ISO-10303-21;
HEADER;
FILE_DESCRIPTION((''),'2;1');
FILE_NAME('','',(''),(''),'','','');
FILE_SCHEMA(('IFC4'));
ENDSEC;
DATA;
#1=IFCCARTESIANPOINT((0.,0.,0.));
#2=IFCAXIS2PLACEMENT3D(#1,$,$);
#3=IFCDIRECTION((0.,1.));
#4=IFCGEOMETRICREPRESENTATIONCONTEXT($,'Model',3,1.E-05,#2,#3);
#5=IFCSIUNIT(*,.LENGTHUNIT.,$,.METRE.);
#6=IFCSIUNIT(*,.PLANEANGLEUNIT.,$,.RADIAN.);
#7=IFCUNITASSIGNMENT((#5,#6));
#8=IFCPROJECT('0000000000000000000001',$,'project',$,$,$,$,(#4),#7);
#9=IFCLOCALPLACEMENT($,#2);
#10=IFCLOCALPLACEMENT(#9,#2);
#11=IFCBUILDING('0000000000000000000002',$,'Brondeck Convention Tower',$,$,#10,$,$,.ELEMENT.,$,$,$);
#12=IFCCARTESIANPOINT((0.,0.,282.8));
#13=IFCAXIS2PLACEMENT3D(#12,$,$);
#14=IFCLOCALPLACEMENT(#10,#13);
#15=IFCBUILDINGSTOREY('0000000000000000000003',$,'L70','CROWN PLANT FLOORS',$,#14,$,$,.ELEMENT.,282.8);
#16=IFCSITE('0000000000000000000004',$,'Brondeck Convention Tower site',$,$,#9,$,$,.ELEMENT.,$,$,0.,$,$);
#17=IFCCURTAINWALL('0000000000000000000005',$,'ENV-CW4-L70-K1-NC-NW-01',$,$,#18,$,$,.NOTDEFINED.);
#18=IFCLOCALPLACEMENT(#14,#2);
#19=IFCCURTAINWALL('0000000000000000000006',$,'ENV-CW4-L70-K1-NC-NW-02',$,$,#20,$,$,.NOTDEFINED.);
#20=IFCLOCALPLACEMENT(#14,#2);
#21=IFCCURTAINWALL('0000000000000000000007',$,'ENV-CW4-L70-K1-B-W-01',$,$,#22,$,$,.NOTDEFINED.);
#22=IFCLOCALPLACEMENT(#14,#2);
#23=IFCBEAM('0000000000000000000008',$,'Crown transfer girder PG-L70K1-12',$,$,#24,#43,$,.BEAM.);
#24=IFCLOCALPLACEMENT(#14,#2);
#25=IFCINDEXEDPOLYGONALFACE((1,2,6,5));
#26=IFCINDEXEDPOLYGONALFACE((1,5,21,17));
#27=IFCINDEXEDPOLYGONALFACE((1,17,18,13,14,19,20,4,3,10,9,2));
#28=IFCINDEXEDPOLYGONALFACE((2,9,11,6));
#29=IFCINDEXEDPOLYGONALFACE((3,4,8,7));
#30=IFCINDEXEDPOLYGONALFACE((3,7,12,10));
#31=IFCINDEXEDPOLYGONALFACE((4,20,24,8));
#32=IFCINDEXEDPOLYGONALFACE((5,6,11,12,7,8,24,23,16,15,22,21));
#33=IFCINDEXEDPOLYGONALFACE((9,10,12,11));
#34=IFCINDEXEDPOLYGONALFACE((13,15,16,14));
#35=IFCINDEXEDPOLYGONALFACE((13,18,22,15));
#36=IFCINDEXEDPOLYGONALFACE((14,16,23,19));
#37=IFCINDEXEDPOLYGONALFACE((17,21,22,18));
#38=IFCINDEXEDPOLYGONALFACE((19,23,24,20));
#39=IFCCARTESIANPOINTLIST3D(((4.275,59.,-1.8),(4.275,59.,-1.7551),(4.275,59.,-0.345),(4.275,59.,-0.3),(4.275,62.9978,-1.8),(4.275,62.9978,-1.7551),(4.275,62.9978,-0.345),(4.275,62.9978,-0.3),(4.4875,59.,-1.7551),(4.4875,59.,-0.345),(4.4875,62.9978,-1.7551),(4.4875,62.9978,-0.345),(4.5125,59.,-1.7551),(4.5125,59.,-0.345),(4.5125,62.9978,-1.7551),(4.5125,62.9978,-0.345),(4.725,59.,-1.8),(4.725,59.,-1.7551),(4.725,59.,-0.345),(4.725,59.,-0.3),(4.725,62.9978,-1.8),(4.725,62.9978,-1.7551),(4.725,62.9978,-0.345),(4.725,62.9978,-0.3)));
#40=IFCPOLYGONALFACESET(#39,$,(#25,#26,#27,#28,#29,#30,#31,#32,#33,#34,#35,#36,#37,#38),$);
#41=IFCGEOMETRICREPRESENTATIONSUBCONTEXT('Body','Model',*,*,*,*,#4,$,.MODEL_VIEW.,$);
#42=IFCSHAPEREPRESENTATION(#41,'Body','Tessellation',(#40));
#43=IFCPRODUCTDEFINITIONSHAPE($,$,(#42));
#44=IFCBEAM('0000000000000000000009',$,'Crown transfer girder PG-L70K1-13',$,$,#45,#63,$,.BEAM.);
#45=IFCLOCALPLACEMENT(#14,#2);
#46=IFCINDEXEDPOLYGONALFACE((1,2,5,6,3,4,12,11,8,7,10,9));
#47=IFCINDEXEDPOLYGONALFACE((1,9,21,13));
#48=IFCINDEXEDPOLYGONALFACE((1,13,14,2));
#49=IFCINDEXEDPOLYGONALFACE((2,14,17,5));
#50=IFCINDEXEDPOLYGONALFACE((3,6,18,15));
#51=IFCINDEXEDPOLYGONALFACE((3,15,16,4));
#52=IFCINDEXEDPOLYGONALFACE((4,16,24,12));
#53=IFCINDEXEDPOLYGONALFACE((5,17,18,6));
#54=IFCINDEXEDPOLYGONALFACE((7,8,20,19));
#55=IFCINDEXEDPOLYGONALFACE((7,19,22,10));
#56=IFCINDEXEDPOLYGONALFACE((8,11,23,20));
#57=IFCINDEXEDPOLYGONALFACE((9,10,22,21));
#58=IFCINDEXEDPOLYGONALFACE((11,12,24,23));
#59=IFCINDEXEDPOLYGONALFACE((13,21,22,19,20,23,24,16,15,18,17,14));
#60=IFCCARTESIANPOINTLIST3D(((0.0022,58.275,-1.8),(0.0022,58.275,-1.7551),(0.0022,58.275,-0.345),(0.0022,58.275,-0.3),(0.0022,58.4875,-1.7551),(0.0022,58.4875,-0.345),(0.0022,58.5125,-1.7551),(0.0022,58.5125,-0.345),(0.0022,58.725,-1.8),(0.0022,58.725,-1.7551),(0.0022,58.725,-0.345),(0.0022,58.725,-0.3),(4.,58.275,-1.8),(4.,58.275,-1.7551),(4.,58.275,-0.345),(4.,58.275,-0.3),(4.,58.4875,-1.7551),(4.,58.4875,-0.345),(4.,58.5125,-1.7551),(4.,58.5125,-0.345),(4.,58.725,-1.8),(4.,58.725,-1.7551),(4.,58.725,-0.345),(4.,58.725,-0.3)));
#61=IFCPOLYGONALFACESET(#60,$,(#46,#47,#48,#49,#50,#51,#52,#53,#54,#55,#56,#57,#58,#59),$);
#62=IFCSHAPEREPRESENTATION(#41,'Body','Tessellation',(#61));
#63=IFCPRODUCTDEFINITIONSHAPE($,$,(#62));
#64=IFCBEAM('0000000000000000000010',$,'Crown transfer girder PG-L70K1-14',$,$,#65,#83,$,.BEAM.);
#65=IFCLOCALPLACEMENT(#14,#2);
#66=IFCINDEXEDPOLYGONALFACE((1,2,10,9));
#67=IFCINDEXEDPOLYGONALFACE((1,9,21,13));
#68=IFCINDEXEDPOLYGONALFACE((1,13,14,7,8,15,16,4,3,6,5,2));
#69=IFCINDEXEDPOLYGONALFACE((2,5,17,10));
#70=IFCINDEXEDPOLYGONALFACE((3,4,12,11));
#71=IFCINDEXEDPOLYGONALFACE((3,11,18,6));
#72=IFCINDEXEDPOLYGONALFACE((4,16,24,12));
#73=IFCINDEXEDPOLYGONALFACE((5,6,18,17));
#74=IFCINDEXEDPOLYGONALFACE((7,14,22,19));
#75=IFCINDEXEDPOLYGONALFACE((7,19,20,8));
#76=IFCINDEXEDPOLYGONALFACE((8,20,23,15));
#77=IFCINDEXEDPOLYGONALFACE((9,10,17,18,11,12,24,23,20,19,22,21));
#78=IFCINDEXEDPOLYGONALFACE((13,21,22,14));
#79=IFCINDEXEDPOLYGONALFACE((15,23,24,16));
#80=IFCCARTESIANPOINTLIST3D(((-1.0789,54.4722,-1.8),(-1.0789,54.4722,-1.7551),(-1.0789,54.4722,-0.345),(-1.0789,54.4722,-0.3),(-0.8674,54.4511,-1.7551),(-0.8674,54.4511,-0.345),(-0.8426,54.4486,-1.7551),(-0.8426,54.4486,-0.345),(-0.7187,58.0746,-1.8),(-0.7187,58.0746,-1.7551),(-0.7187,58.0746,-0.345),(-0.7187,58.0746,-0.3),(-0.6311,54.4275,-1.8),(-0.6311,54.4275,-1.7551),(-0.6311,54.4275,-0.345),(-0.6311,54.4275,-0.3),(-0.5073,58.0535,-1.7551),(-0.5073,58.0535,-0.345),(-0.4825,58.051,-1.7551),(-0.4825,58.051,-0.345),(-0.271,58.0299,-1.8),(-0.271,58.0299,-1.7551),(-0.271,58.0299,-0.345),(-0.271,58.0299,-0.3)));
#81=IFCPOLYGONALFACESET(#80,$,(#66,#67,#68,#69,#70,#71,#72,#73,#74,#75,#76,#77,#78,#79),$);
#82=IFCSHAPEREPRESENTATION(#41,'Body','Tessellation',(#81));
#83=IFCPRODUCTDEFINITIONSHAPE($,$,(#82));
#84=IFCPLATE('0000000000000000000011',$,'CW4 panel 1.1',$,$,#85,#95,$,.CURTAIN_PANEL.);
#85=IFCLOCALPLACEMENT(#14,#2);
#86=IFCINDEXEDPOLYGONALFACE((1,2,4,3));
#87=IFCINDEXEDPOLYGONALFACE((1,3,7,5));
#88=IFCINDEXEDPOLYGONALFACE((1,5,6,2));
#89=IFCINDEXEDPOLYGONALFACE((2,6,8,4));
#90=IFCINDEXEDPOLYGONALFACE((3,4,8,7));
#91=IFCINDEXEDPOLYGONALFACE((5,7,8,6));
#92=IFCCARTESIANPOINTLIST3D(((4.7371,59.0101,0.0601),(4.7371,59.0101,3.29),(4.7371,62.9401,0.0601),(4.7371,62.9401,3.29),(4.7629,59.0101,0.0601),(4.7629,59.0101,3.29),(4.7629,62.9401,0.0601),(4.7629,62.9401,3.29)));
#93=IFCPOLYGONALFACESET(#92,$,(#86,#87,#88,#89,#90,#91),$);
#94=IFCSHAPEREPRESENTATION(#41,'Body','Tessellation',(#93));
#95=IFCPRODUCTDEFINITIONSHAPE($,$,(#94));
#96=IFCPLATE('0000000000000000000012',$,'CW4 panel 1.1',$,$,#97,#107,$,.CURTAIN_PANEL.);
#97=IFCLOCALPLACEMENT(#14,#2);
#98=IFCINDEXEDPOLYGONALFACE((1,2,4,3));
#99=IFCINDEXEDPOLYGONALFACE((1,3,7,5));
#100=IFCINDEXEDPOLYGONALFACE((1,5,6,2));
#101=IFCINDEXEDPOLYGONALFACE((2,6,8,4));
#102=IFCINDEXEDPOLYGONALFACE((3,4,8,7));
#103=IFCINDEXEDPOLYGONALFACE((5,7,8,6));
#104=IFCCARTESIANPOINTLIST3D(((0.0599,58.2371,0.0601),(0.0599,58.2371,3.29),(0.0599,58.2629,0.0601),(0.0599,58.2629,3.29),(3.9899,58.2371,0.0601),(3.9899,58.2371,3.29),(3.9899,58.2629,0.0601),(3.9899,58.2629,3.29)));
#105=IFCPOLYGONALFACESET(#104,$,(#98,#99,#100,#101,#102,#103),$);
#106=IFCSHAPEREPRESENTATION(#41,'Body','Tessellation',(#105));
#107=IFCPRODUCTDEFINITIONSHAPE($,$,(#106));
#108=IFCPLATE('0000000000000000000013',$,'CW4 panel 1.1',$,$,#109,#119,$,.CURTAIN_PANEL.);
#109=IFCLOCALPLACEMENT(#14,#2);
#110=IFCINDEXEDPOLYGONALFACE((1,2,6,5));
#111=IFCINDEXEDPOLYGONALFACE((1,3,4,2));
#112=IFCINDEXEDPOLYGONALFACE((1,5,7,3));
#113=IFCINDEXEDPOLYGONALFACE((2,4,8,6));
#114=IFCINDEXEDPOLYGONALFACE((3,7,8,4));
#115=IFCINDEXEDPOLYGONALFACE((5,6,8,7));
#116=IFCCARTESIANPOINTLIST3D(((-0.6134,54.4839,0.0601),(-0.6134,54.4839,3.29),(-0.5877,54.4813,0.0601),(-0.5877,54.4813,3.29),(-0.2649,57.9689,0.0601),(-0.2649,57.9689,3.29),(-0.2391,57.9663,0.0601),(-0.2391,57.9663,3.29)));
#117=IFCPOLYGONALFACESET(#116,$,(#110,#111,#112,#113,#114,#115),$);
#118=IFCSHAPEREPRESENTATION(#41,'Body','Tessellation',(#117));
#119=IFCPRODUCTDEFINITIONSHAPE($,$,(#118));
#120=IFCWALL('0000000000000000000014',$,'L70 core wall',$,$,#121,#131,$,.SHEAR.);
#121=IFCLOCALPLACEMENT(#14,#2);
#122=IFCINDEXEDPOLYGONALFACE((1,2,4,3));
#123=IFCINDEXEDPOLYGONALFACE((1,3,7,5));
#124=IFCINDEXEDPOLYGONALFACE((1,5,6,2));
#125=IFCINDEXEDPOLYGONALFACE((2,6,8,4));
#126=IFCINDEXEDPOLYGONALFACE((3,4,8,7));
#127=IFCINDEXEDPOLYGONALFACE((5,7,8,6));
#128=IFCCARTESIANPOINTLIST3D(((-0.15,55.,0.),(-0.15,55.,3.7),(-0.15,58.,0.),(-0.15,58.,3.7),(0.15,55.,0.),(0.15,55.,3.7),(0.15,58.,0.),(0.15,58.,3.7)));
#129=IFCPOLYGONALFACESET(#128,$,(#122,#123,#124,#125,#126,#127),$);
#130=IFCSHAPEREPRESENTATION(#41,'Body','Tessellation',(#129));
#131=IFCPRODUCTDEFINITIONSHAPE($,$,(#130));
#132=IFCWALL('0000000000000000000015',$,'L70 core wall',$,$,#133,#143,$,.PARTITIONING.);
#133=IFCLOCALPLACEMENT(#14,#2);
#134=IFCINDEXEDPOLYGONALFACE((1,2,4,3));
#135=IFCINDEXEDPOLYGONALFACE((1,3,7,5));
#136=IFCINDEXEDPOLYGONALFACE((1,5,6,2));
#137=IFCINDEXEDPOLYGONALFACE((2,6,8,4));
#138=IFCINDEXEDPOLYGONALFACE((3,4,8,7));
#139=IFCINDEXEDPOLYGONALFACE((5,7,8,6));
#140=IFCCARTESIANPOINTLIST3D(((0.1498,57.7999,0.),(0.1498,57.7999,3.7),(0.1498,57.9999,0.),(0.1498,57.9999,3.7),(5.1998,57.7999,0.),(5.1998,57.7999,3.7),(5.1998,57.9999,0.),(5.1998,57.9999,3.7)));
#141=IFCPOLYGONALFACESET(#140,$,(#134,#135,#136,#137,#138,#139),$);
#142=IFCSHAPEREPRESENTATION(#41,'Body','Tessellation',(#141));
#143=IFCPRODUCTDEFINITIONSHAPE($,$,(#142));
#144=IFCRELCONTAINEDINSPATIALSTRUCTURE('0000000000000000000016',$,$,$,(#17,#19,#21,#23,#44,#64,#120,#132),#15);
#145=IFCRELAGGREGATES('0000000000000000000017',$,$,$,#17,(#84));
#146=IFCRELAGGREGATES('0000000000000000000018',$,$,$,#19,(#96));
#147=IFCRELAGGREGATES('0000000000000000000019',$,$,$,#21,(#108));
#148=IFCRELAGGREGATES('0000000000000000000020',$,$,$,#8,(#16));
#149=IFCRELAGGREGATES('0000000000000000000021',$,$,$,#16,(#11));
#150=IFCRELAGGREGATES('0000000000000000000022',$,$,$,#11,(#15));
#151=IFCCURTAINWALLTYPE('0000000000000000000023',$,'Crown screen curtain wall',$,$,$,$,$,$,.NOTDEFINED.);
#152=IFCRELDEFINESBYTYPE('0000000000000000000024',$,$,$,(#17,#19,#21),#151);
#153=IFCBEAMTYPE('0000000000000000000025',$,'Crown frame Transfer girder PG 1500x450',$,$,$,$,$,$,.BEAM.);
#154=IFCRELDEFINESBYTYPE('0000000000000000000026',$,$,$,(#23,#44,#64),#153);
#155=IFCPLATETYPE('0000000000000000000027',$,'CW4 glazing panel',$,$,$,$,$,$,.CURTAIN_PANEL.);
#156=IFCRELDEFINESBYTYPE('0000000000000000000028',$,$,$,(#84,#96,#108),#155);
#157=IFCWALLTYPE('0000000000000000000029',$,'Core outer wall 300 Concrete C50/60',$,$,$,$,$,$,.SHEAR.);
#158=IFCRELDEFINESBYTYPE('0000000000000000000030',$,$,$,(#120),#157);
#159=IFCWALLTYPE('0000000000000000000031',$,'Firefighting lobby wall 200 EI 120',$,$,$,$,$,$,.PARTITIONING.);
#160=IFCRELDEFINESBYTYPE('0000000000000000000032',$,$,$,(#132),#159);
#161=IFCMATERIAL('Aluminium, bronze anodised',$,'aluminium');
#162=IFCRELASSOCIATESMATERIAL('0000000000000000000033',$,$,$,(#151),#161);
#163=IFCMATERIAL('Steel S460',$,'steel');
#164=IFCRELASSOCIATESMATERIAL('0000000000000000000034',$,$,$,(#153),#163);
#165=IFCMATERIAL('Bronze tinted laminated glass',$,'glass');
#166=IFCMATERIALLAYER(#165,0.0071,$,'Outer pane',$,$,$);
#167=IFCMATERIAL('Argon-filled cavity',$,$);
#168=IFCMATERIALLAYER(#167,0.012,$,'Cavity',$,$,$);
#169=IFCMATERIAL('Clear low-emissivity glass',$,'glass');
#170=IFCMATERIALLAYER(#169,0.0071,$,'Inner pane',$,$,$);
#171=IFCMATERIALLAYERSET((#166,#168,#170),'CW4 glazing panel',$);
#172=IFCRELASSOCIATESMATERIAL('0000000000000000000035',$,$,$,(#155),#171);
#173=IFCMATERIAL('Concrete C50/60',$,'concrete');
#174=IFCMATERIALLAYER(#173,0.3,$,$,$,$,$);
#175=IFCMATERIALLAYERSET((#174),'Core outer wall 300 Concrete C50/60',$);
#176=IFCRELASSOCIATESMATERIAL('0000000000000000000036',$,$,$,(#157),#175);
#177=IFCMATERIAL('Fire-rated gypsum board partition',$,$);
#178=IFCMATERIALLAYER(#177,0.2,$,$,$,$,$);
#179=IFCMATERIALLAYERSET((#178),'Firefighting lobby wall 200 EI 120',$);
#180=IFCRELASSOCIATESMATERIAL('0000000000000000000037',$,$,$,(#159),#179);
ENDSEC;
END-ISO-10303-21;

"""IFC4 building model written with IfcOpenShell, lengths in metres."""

from ifc_helpers import new_model, si_unit, direction, frame, frame_2d, origin, origin_2d, place, context, subcontext, project, spatial, rectangle, i_section, extrude, material, layer, layer_set, material_profile, profile_set, type_object, element, aggregate, save


model = new_model("IFC4")

# Units and contexts
model_context = context("Model", 3, precision=1e-05, world=origin(), true_north=direction((0.0, 1.0)))
body_context = subcontext(model_context, "Body", "Model", "MODEL_VIEW")
ifc_project = project(units=[si_unit("LENGTHUNIT", "METRE"), si_unit("PLANEANGLEUNIT", "RADIAN")], contexts=[model_context])

# Site, building, storey
site_placement = place(None, origin())
site = spatial("IfcSite", under=ifc_project, at=site_placement, Name="Brondeck Convention Tower site", CompositionType="ELEMENT", RefElevation=0.0)
building_placement = place(site_placement, origin())
building = spatial("IfcBuilding", under=site, at=building_placement, Name="Brondeck Convention Tower", CompositionType="ELEMENT")
storey_placement = place(building_placement, frame((0.0, 0.0, 282.8)))
storey = spatial("IfcBuildingStorey", under=building, at=storey_placement, Name="L70", Description="CROWN PLANT FLOORS", CompositionType="ELEMENT", Elevation=282.8)

# Shared definitions
ifc_material_1 = material(Name="Concrete C50/60", Category="concrete")

# Shared definitions
ifc_material_2 = material(Name="Aluminium, bronze anodised", Category="aluminium")
curtain_wall_type = type_object("IfcCurtainWallType", Name="Crown screen curtain wall", PredefinedType="NOTDEFINED", material=ifc_material_2)

# Curtain walls
curtain_wall_1_placement = place(storey_placement, origin())
curtain_wall_1 = element("IfcCurtainWall", 1, at=curtain_wall_1_placement, inside=storey, type_object=curtain_wall_type, Name="ENV-CW4-L70-K1-NC-NW-01", PredefinedType="NOTDEFINED")
curtain_wall_2_placement = place(storey_placement, origin())
curtain_wall_2 = element("IfcCurtainWall", 2, at=curtain_wall_2_placement, inside=storey, type_object=curtain_wall_type, Name="ENV-CW4-L70-K1-NC-NW-02", PredefinedType="NOTDEFINED")

# Curtain wall
curtain_wall_3_placement = place(storey_placement, origin())
curtain_wall_3 = element("IfcCurtainWall", 3, at=curtain_wall_3_placement, inside=storey, type_object=curtain_wall_type, Name="ENV-CW4-L70-K1-B-W-01", PredefinedType="NOTDEFINED")

# Beams
ifc_material_3 = material(Name="Steel S460", Category="steel")
ifc_material_profile_1 = material_profile(ifc_material_3, i_section(OverallWidth=0.45, OverallDepth=1.5, WebThickness=0.0249, FlangeThickness=0.0449, at=origin_2d()), Name="PG 1500x450")
ifc_profile_set_1 = profile_set([ifc_material_profile_1], Name="Steel S460")
beam_type = type_object("IfcBeamType", Name="Crown frame Transfer girder PG 1500x450", PredefinedType="BEAM", material=ifc_profile_set_1)
for number, where, z_axis, x_axis, name in (
    (4, (4.5, 62.9978, -1.05), (0.0, -1.0, 0.0), (1.0, 0.0, 0.0), "Crown transfer girder PG-L70K1-12"),
    (5, (4.0, 58.5, -1.05), (-1.0, 0.0, 0.0), (0.0, -1.0, 0.0), "Crown transfer girder PG-L70K1-13"),
):
    element("IfcBeam", number, at=place(storey_placement, frame(where, z_axis=z_axis, x_axis=x_axis)), inside=storey, type_object=beam_type, Name=name, PredefinedType="BEAM", context=body_context, shape_type="SweptSolid", body=[
        extrude(i_section(OverallWidth=0.45, OverallDepth=1.5, WebThickness=0.0249, FlangeThickness=0.0449, at=origin_2d()), origin(), (0.0, 0.0, 1.0), 3.9978),
    ])
beam_placement = place(storey_placement, frame((-0.4949, 58.0522, -1.05), z_axis=(-0.09947, -0.995041, 0.0), x_axis=(0.995041, -0.09947, 0.0)))
element("IfcBeam", 6, at=beam_placement, inside=storey, type_object=beam_type, Name="Crown transfer girder PG-L70K1-14", PredefinedType="BEAM", context=body_context, shape_type="SweptSolid", body=[
    extrude(i_section(OverallWidth=0.45, OverallDepth=1.5, WebThickness=0.0249, FlangeThickness=0.0449, at=origin_2d()), origin(), (0.0, 0.0, 1.0), 3.6204),
])

# Plates
ifc_material_4 = material(Name="Bronze tinted laminated glass", Category="glass")
ifc_layer_1 = layer(ifc_material_4, 0.0071, Name="Outer pane")
ifc_material_5 = material(Name="Argon-filled cavity")
ifc_layer_2 = layer(ifc_material_5, 0.012, Name="Cavity")
ifc_material_6 = material(Name="Clear low-emissivity glass", Category="glass")
ifc_layer_3 = layer(ifc_material_6, 0.0071, Name="Inner pane")
ifc_layer_set_1 = layer_set([ifc_layer_1, ifc_layer_2, ifc_layer_3], Name="CW4 glazing panel")
plate_type = type_object("IfcPlateType", Name="CW4 glazing panel", PredefinedType="CURTAIN_PANEL", material=ifc_layer_set_1)
plate_1_placement = place(storey_placement, frame((4.75, 60.9751, 0.0601), z_axis=(0.0, 0.0, 1.0), x_axis=(0.0, 1.0, 0.0)))
plate_1 = element("IfcPlate", 7, at=plate_1_placement, type_object=plate_type, Name="CW4 panel 1.1", PredefinedType="CURTAIN_PANEL", context=body_context, shape_type="SweptSolid", body=[
    extrude(rectangle(XDim=3.9299, YDim=0.0259, at=origin_2d()), origin(), (0.0, 0.0, 1.0), 3.23),
])
aggregate(curtain_wall_1, [plate_1])
plate_2_placement = place(storey_placement, frame((2.0249, 58.25, 0.0601), z_axis=(0.0, 0.0, 1.0), x_axis=(1.0, 0.0, 0.0)))
plate_2 = element("IfcPlate", 8, at=plate_2_placement, type_object=plate_type, Name="CW4 panel 1.1", PredefinedType="CURTAIN_PANEL", context=body_context, shape_type="SweptSolid", body=[
    extrude(rectangle(XDim=3.9299, YDim=0.0259, at=origin_2d()), origin(), (0.0, 0.0, 1.0), 3.23),
])
aggregate(curtain_wall_2, [plate_2])
plate_3_placement = place(storey_placement, frame((-0.4263, 56.2251, 0.0601), z_axis=(0.0, 0.0, 1.0), x_axis=(0.099517, 0.995036, 0.0)))
plate_3 = element("IfcPlate", 9, at=plate_3_placement, type_object=plate_type, Name="CW4 panel 1.1", PredefinedType="CURTAIN_PANEL", context=body_context, shape_type="SweptSolid", body=[
    extrude(rectangle(XDim=3.5024, YDim=0.0259, at=origin_2d()), origin(), (0.0, 0.0, 1.0), 3.23),
])
aggregate(curtain_wall_3, [plate_3])

# Walls
ifc_layer_4 = layer(ifc_material_1, 0.3)
ifc_layer_set_2 = layer_set([ifc_layer_4], Name="Core outer wall 300 Concrete C50/60")
wall_type_1 = type_object("IfcWallType", Name="Core outer wall 300 Concrete C50/60", PredefinedType="SHEAR", material=ifc_layer_set_2)
wall_1_placement = place(storey_placement, frame((0.0, 55.0, 0.0), z_axis=(0.0, 0.0, 1.0), x_axis=(0.0, 1.0, 0.0)))
element("IfcWall", 10, at=wall_1_placement, inside=storey, type_object=wall_type_1, Name="L70 core wall", PredefinedType="SHEAR", context=body_context, shape_type="SweptSolid", body=[
    extrude(rectangle(XDim=3.0, YDim=0.3, at=frame_2d((1.5, 0.0))), origin(), (0.0, 0.0, 1.0), 3.7),
])
ifc_material_7 = material(Name="Fire-rated gypsum board partition")
ifc_layer_5 = layer(ifc_material_7, 0.2)
ifc_layer_set_3 = layer_set([ifc_layer_5], Name="Firefighting lobby wall 200 EI 120")
wall_type_2 = type_object("IfcWallType", Name="Firefighting lobby wall 200 EI 120", PredefinedType="PARTITIONING", material=ifc_layer_set_3)
wall_2_placement = place(storey_placement, frame((0.1499, 57.8999, 0.0), z_axis=(0.0, 0.0, 1.0), x_axis=(1.0, 0.0, 0.0)))
element("IfcWall", 11, at=wall_2_placement, inside=storey, type_object=wall_type_2, Name="L70 core wall", PredefinedType="PARTITIONING", context=body_context, shape_type="SweptSolid", body=[
    extrude(rectangle(XDim=5.05, YDim=0.2, at=frame_2d((2.5249, 0.0))), origin(), (0.0, 0.0, 1.0), 3.7),
])

save(model, "model.ifc")
